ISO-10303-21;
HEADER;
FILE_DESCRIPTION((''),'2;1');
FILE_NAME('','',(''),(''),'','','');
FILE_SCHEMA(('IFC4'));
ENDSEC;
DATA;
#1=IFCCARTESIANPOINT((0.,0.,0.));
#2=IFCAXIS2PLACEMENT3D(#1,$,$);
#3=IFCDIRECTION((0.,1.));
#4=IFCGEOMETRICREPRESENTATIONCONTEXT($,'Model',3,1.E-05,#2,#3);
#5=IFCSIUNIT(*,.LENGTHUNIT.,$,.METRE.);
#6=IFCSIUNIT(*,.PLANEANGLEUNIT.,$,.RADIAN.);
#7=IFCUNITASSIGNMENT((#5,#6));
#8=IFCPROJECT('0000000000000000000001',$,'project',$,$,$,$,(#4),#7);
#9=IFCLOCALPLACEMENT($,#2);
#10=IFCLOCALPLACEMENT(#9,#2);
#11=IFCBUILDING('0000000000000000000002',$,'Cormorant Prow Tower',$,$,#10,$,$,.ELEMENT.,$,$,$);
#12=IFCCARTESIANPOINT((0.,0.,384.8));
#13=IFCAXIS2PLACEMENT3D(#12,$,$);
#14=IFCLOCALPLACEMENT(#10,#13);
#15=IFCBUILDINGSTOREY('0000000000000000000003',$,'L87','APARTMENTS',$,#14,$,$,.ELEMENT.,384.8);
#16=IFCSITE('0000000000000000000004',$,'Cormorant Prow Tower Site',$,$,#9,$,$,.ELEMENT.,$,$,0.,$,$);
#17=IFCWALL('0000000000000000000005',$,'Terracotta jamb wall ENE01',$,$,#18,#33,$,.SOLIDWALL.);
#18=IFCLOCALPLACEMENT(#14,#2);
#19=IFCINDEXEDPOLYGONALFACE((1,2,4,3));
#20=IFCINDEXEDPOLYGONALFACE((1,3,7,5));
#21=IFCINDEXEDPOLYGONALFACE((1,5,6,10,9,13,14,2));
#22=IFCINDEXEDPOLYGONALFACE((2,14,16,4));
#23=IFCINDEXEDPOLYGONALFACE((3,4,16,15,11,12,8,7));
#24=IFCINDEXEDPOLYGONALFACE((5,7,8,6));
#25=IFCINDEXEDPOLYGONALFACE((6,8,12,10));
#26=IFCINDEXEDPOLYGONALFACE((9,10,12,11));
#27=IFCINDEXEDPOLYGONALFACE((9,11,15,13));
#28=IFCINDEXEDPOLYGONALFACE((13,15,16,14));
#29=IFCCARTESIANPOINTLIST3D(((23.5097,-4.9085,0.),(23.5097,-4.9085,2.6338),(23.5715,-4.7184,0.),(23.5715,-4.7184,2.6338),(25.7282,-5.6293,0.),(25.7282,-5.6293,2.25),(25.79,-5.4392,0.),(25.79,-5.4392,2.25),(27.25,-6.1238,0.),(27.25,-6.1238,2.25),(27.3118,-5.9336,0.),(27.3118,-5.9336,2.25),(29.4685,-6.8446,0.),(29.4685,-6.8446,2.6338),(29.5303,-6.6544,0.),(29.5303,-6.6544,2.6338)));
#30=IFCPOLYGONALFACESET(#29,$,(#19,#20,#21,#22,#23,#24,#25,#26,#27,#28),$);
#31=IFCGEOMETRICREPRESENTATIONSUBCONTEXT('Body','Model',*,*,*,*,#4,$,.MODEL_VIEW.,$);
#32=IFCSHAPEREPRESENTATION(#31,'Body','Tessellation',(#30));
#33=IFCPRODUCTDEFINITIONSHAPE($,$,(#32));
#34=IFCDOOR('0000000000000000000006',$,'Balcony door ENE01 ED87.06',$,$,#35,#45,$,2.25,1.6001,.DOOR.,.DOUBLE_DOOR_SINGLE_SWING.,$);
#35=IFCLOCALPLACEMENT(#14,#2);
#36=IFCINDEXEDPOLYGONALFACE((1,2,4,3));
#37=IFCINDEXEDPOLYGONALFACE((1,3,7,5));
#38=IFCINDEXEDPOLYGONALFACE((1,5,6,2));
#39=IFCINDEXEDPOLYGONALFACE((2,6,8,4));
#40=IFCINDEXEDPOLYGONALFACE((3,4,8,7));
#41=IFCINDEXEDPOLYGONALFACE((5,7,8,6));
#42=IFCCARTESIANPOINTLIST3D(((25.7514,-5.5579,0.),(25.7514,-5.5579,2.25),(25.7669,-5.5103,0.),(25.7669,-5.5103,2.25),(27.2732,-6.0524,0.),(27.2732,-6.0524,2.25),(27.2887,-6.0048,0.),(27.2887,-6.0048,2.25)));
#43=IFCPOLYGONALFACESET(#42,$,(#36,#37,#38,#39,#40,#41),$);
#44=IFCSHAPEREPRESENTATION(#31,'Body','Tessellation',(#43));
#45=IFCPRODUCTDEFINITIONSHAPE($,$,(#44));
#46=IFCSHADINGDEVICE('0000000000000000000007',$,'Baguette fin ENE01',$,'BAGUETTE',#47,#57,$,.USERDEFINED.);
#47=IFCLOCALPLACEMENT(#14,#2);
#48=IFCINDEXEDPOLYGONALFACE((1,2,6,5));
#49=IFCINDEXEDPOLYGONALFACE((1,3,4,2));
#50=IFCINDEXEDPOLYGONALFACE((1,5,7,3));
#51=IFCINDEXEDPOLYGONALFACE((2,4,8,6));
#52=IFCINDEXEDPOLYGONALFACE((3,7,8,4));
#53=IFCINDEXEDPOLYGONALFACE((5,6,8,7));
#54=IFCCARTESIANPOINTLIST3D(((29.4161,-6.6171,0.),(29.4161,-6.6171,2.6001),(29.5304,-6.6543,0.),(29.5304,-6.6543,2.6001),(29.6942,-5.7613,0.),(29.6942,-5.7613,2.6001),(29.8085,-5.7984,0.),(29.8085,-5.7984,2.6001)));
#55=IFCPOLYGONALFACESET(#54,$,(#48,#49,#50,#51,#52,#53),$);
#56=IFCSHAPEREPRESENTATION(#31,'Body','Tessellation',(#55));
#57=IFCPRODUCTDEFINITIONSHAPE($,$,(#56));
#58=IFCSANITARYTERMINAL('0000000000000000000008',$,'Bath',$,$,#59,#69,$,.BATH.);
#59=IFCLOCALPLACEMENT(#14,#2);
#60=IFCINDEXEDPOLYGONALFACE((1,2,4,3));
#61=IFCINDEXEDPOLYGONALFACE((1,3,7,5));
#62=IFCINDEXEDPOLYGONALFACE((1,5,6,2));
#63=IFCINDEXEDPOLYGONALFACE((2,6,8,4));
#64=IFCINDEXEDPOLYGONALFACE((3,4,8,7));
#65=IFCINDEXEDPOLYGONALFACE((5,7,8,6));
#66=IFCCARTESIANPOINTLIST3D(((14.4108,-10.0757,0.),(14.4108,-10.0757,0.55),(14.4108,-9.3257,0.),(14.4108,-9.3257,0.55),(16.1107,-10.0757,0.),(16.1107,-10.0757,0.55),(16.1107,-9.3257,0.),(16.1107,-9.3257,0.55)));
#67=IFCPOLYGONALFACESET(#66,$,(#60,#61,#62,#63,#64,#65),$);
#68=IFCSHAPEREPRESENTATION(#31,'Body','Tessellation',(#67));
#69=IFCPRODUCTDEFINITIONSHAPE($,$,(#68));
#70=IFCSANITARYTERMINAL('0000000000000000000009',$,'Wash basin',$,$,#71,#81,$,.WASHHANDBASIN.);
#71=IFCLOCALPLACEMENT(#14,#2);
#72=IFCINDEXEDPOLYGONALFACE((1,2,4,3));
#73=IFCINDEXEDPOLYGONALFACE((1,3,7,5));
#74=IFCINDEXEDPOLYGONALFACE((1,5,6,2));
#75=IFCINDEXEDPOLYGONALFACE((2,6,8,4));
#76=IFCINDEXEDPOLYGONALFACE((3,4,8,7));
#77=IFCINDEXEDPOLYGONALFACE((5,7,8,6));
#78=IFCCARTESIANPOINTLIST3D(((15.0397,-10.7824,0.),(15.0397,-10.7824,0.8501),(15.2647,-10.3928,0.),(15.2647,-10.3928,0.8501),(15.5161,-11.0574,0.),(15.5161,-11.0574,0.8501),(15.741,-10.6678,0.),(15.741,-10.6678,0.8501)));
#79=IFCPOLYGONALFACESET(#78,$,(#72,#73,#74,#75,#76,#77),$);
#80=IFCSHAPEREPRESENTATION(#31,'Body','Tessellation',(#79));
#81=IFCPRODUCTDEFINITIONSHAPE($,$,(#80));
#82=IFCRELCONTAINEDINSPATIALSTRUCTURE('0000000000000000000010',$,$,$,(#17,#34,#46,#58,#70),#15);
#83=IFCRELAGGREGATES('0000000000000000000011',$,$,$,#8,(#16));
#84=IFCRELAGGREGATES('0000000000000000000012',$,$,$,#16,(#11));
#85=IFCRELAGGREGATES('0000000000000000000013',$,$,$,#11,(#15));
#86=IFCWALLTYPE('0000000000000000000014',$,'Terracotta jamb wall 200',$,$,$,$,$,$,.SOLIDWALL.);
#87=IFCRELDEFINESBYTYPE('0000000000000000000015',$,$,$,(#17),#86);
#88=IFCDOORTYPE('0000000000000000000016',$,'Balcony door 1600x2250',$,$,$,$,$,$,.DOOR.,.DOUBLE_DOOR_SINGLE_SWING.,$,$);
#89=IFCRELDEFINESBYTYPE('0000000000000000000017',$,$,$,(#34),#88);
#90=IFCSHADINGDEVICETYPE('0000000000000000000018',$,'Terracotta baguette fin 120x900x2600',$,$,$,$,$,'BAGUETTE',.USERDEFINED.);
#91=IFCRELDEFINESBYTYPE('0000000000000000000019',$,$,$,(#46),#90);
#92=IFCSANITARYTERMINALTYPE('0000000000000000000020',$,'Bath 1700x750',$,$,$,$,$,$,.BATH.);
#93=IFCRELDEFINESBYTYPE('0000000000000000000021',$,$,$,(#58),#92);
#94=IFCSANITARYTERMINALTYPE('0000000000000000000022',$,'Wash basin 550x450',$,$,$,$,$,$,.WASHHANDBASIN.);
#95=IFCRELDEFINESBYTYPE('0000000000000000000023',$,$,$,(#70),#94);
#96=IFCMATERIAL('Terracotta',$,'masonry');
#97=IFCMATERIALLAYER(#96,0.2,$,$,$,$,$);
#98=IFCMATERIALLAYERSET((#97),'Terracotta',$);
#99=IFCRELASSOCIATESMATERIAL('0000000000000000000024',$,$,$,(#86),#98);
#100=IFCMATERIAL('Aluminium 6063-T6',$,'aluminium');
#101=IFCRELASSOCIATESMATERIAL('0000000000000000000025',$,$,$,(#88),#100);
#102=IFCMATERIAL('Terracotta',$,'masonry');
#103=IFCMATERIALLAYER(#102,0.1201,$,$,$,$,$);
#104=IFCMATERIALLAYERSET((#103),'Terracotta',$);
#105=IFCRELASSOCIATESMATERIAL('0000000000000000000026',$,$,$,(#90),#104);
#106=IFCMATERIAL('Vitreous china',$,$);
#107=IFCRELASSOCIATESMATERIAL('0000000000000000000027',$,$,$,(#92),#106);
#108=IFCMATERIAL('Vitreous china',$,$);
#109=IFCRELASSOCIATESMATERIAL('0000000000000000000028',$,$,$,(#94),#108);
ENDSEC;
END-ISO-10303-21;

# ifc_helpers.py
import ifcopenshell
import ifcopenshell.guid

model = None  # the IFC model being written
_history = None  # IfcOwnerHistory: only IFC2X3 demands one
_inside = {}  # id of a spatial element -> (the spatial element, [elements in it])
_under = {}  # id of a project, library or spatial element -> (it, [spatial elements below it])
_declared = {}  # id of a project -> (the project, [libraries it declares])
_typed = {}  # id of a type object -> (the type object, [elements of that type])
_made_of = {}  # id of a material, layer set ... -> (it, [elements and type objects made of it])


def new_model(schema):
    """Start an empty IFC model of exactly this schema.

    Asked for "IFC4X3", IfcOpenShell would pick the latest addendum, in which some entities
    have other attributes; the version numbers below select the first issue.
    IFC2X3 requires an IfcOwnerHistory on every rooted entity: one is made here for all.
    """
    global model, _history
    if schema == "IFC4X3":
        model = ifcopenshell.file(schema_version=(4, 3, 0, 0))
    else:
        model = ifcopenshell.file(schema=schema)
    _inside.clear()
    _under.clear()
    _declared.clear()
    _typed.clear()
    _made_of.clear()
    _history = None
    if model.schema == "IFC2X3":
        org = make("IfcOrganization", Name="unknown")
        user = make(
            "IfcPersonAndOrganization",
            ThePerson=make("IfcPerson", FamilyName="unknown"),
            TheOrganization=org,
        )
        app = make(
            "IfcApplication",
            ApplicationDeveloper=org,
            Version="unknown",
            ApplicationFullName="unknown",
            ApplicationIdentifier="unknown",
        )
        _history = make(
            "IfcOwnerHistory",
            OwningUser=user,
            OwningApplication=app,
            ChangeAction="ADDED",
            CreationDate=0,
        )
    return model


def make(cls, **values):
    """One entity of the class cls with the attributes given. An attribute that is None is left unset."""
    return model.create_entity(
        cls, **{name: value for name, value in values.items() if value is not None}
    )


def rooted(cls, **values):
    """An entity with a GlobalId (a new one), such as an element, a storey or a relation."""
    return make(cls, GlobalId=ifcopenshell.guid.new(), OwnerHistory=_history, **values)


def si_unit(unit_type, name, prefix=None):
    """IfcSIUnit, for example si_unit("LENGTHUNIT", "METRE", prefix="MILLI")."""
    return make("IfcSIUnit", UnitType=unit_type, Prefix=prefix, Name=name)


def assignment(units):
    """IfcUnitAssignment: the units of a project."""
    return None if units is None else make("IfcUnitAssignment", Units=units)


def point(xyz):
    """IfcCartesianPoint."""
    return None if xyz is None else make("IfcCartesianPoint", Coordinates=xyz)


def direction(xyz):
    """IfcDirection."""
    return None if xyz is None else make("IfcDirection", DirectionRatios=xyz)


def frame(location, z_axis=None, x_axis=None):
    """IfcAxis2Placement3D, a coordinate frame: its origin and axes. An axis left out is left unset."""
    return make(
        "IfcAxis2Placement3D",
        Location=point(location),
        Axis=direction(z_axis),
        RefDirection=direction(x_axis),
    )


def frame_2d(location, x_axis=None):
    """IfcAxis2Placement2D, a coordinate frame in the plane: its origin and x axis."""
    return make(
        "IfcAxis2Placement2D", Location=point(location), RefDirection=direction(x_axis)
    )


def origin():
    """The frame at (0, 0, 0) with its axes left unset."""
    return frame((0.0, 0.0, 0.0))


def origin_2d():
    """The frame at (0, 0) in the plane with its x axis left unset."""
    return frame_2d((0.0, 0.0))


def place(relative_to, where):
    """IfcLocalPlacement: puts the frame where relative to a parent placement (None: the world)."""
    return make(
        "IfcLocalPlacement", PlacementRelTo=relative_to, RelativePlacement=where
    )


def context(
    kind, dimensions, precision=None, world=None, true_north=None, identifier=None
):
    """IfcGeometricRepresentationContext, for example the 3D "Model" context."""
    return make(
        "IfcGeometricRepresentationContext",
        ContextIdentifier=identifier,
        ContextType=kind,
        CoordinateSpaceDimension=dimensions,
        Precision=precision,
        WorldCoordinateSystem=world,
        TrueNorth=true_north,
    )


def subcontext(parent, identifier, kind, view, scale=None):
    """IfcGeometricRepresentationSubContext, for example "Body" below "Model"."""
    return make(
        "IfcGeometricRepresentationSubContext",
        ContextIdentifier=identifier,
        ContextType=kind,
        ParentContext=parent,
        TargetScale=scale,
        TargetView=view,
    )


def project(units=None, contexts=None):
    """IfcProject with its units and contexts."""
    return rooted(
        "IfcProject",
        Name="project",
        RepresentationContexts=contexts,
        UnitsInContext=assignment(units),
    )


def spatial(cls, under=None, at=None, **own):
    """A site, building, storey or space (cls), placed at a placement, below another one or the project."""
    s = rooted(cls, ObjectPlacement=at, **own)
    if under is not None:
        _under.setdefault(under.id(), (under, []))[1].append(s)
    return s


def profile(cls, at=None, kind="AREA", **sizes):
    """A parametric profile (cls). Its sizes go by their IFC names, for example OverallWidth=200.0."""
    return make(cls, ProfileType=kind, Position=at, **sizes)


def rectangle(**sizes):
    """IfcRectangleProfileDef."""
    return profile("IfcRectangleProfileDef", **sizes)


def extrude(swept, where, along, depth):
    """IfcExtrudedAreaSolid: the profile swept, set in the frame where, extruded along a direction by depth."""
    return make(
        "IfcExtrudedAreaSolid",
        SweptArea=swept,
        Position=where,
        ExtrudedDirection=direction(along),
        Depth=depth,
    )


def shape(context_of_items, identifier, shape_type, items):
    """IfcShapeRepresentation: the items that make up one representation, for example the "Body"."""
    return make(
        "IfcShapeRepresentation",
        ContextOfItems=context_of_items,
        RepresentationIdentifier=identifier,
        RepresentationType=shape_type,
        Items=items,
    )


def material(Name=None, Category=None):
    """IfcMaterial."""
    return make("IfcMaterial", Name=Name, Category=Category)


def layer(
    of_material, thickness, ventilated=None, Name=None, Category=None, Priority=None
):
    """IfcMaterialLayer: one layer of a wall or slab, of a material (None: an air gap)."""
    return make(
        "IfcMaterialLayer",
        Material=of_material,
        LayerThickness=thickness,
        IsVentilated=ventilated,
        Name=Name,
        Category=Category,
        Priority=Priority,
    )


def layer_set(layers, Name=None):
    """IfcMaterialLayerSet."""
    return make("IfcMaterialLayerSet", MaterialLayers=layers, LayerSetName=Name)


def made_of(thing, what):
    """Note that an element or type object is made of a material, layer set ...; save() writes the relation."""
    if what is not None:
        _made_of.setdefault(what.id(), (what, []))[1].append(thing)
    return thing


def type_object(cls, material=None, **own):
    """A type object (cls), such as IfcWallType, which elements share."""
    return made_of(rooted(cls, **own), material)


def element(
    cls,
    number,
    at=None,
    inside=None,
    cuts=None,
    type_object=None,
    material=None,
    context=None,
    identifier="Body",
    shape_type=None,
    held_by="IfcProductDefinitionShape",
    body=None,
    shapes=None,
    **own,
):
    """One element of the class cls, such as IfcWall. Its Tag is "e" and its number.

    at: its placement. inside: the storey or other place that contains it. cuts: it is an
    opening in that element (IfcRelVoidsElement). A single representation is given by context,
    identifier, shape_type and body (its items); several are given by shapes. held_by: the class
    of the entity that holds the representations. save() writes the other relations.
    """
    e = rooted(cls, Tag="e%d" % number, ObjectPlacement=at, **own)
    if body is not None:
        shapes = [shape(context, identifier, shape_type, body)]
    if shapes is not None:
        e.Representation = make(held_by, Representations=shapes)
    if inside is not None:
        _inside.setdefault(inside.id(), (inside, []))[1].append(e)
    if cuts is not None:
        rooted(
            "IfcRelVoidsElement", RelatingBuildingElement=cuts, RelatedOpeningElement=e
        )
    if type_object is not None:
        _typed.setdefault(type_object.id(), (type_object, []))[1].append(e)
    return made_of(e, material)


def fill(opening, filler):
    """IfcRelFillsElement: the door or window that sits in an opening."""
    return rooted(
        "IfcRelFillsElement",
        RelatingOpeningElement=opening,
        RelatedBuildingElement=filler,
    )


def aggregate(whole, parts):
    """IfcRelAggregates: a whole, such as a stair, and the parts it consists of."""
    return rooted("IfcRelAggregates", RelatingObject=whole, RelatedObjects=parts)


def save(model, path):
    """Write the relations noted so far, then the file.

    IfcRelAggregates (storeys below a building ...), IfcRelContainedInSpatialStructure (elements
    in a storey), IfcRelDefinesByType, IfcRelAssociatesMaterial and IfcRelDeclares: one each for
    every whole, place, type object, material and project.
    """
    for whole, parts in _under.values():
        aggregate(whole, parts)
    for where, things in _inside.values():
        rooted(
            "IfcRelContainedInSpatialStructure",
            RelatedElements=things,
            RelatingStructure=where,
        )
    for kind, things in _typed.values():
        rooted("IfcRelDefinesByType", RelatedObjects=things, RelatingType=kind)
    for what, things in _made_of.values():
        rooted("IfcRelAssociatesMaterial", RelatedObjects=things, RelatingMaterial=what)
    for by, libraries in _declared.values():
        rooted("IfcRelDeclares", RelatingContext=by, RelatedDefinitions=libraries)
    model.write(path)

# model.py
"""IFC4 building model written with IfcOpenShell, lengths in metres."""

from ifc_helpers import new_model, si_unit, direction, frame, frame_2d, origin, origin_2d, place, context, subcontext, project, spatial, rectangle, extrude, material, layer, layer_set, type_object, element, fill, save


model = new_model("IFC4")

# Units and contexts
model_context = context("Model", 3, precision=1e-05, world=origin(), true_north=direction((0.0, 1.0)))
body_context = subcontext(model_context, "Body", "Model", "MODEL_VIEW")
ifc_project = project(units=[si_unit("LENGTHUNIT", "METRE"), si_unit("PLANEANGLEUNIT", "RADIAN")], contexts=[model_context])

# Site, building, storey
site_placement = place(None, origin())
site = spatial("IfcSite", under=ifc_project, at=site_placement, Name="Cormorant Prow Tower Site", CompositionType="ELEMENT", RefElevation=0.0)
building_placement = place(site_placement, origin())
building = spatial("IfcBuilding", under=site, at=building_placement, Name="Cormorant Prow Tower", CompositionType="ELEMENT")
storey_placement = place(building_placement, frame((0.0, 0.0, 384.8)))
storey = spatial("IfcBuildingStorey", under=building, at=storey_placement, Name="L87", Description="APARTMENTS", CompositionType="ELEMENT", Elevation=384.8)

# Wall, opening, door
ifc_material_1 = material(Name="Terracotta", Category="masonry")
ifc_layer_1 = layer(ifc_material_1, 0.2)
ifc_layer_set_1 = layer_set([ifc_layer_1], Name="Terracotta")
wall_type_1 = type_object("IfcWallType", Name="Terracotta jamb wall 200", PredefinedType="SOLIDWALL", material=ifc_layer_set_1)
wall_1_placement = place(storey_placement, frame((29.4995, -6.7495, 0.0), z_axis=(0.0, 0.0, 1.0), x_axis=(-0.95106, 0.309006, 0.0)))
wall_1 = element("IfcWall", 1, at=wall_1_placement, inside=storey, type_object=wall_type_1, Name="Terracotta jamb wall ENE01", PredefinedType="SOLIDWALL", context=body_context, shape_type="SweptSolid", body=[
    extrude(rectangle(XDim=6.2654, YDim=0.2, at=frame_2d((3.1328, 0.0))), origin(), (0.0, 0.0, 1.0), 2.6338),
])
opening_1_placement = place(wall_1_placement, frame((2.3328, 0.0, 0.0)))
opening_1 = element("IfcOpeningElement", 2, at=opening_1_placement, cuts=wall_1, PredefinedType="OPENING", context=body_context, shape_type="SweptSolid", body=[
    extrude(rectangle(XDim=1.6001, YDim=2.25, at=frame_2d((0.8, 1.125))), frame((0.0, 0.1099, 0.0), z_axis=(0.0, -1.0, 0.0), x_axis=(1.0, 0.0, 0.0)), (0.0, 0.0, 1.0), 0.22),
])
ifc_material_2 = material(Name="Aluminium 6063-T6", Category="aluminium")
door_type_1 = type_object("IfcDoorType", Name="Balcony door 1600x2250", OperationType="DOUBLE_DOOR_SINGLE_SWING", PredefinedType="DOOR", material=ifc_material_2)
door_1_placement = place(opening_1_placement, origin())
door_1 = element("IfcDoor", 3, at=door_1_placement, inside=storey, type_object=door_type_1, Name="Balcony door ENE01 ED87.06", OperationType="DOUBLE_DOOR_SINGLE_SWING", OverallHeight=2.25, OverallWidth=1.6001, PredefinedType="DOOR", context=body_context, shape_type="SweptSolid", body=[
    extrude(rectangle(XDim=1.6001, YDim=2.25, at=frame_2d((0.8, 1.125))), frame((0.0, 0.0249, 0.0), z_axis=(0.0, -1.0, 0.0), x_axis=(1.0, 0.0, 0.0)), (0.0, 0.0, 1.0), 0.05),
])
fill(opening_1, door_1)

# Shading device
ifc_material_3 = material(Name="Terracotta", Category="masonry")
ifc_layer_2 = layer(ifc_material_3, 0.1201)
ifc_layer_set_2 = layer_set([ifc_layer_2], Name="Terracotta")
shading_device_type = type_object("IfcShadingDeviceType", Name="Terracotta baguette fin 120x900x2600", ElementType="BAGUETTE", PredefinedType="USERDEFINED", material=ifc_layer_set_2)
shading_device_placement = place(storey_placement, frame((29.6123, -6.2078, 0.0), z_axis=(0.0, 0.0, 1.0), x_axis=(-0.951057, 0.309017, 0.0)))
element("IfcShadingDevice", 4, at=shading_device_placement, inside=storey, type_object=shading_device_type, Name="Baguette fin ENE01", ObjectType="BAGUETTE", PredefinedType="USERDEFINED", context=body_context, shape_type="SweptSolid", body=[
    extrude(rectangle(XDim=0.1201, YDim=0.8999, at=origin_2d()), origin(), (0.0, 0.0, 1.0), 2.6001),
])

# Sanitary terminals
ifc_material_4 = material(Name="Vitreous china")
sanitary_terminal_type_1 = type_object("IfcSanitaryTerminalType", Name="Bath 1700x750", PredefinedType="BATH", material=ifc_material_4)
sanitary_terminal_1_placement = place(storey_placement, frame((15.2607, -9.7007, 0.0), z_axis=(0.0, 0.0, 1.0), x_axis=(1.0, 0.0, 0.0)))
element("IfcSanitaryTerminal", 5, at=sanitary_terminal_1_placement, inside=storey, type_object=sanitary_terminal_type_1, Name="Bath", PredefinedType="BATH", context=body_context, shape_type="SweptSolid", body=[
    extrude(rectangle(XDim=1.7, YDim=0.75, at=origin_2d()), origin(), (0.0, 0.0, 1.0), 0.55),
])
ifc_material_5 = material(Name="Vitreous china")
sanitary_terminal_type_2 = type_object("IfcSanitaryTerminalType", Name="Wash basin 550x450", PredefinedType="WASHHANDBASIN", material=ifc_material_5)
sanitary_terminal_2_placement = place(storey_placement, frame((15.3904, -10.7251, 0.0), z_axis=(0.0, 0.0, 1.0), x_axis=(-0.866025, 0.5, 0.0)))
element("IfcSanitaryTerminal", 6, at=sanitary_terminal_2_placement, inside=storey, type_object=sanitary_terminal_type_2, Name="Wash basin", PredefinedType="WASHHANDBASIN", context=body_context, shape_type="SweptSolid", body=[
    extrude(rectangle(XDim=0.55, YDim=0.45, at=origin_2d()), origin(), (0.0, 0.0, 1.0), 0.8501),
])

save(model, "model.ifc")
